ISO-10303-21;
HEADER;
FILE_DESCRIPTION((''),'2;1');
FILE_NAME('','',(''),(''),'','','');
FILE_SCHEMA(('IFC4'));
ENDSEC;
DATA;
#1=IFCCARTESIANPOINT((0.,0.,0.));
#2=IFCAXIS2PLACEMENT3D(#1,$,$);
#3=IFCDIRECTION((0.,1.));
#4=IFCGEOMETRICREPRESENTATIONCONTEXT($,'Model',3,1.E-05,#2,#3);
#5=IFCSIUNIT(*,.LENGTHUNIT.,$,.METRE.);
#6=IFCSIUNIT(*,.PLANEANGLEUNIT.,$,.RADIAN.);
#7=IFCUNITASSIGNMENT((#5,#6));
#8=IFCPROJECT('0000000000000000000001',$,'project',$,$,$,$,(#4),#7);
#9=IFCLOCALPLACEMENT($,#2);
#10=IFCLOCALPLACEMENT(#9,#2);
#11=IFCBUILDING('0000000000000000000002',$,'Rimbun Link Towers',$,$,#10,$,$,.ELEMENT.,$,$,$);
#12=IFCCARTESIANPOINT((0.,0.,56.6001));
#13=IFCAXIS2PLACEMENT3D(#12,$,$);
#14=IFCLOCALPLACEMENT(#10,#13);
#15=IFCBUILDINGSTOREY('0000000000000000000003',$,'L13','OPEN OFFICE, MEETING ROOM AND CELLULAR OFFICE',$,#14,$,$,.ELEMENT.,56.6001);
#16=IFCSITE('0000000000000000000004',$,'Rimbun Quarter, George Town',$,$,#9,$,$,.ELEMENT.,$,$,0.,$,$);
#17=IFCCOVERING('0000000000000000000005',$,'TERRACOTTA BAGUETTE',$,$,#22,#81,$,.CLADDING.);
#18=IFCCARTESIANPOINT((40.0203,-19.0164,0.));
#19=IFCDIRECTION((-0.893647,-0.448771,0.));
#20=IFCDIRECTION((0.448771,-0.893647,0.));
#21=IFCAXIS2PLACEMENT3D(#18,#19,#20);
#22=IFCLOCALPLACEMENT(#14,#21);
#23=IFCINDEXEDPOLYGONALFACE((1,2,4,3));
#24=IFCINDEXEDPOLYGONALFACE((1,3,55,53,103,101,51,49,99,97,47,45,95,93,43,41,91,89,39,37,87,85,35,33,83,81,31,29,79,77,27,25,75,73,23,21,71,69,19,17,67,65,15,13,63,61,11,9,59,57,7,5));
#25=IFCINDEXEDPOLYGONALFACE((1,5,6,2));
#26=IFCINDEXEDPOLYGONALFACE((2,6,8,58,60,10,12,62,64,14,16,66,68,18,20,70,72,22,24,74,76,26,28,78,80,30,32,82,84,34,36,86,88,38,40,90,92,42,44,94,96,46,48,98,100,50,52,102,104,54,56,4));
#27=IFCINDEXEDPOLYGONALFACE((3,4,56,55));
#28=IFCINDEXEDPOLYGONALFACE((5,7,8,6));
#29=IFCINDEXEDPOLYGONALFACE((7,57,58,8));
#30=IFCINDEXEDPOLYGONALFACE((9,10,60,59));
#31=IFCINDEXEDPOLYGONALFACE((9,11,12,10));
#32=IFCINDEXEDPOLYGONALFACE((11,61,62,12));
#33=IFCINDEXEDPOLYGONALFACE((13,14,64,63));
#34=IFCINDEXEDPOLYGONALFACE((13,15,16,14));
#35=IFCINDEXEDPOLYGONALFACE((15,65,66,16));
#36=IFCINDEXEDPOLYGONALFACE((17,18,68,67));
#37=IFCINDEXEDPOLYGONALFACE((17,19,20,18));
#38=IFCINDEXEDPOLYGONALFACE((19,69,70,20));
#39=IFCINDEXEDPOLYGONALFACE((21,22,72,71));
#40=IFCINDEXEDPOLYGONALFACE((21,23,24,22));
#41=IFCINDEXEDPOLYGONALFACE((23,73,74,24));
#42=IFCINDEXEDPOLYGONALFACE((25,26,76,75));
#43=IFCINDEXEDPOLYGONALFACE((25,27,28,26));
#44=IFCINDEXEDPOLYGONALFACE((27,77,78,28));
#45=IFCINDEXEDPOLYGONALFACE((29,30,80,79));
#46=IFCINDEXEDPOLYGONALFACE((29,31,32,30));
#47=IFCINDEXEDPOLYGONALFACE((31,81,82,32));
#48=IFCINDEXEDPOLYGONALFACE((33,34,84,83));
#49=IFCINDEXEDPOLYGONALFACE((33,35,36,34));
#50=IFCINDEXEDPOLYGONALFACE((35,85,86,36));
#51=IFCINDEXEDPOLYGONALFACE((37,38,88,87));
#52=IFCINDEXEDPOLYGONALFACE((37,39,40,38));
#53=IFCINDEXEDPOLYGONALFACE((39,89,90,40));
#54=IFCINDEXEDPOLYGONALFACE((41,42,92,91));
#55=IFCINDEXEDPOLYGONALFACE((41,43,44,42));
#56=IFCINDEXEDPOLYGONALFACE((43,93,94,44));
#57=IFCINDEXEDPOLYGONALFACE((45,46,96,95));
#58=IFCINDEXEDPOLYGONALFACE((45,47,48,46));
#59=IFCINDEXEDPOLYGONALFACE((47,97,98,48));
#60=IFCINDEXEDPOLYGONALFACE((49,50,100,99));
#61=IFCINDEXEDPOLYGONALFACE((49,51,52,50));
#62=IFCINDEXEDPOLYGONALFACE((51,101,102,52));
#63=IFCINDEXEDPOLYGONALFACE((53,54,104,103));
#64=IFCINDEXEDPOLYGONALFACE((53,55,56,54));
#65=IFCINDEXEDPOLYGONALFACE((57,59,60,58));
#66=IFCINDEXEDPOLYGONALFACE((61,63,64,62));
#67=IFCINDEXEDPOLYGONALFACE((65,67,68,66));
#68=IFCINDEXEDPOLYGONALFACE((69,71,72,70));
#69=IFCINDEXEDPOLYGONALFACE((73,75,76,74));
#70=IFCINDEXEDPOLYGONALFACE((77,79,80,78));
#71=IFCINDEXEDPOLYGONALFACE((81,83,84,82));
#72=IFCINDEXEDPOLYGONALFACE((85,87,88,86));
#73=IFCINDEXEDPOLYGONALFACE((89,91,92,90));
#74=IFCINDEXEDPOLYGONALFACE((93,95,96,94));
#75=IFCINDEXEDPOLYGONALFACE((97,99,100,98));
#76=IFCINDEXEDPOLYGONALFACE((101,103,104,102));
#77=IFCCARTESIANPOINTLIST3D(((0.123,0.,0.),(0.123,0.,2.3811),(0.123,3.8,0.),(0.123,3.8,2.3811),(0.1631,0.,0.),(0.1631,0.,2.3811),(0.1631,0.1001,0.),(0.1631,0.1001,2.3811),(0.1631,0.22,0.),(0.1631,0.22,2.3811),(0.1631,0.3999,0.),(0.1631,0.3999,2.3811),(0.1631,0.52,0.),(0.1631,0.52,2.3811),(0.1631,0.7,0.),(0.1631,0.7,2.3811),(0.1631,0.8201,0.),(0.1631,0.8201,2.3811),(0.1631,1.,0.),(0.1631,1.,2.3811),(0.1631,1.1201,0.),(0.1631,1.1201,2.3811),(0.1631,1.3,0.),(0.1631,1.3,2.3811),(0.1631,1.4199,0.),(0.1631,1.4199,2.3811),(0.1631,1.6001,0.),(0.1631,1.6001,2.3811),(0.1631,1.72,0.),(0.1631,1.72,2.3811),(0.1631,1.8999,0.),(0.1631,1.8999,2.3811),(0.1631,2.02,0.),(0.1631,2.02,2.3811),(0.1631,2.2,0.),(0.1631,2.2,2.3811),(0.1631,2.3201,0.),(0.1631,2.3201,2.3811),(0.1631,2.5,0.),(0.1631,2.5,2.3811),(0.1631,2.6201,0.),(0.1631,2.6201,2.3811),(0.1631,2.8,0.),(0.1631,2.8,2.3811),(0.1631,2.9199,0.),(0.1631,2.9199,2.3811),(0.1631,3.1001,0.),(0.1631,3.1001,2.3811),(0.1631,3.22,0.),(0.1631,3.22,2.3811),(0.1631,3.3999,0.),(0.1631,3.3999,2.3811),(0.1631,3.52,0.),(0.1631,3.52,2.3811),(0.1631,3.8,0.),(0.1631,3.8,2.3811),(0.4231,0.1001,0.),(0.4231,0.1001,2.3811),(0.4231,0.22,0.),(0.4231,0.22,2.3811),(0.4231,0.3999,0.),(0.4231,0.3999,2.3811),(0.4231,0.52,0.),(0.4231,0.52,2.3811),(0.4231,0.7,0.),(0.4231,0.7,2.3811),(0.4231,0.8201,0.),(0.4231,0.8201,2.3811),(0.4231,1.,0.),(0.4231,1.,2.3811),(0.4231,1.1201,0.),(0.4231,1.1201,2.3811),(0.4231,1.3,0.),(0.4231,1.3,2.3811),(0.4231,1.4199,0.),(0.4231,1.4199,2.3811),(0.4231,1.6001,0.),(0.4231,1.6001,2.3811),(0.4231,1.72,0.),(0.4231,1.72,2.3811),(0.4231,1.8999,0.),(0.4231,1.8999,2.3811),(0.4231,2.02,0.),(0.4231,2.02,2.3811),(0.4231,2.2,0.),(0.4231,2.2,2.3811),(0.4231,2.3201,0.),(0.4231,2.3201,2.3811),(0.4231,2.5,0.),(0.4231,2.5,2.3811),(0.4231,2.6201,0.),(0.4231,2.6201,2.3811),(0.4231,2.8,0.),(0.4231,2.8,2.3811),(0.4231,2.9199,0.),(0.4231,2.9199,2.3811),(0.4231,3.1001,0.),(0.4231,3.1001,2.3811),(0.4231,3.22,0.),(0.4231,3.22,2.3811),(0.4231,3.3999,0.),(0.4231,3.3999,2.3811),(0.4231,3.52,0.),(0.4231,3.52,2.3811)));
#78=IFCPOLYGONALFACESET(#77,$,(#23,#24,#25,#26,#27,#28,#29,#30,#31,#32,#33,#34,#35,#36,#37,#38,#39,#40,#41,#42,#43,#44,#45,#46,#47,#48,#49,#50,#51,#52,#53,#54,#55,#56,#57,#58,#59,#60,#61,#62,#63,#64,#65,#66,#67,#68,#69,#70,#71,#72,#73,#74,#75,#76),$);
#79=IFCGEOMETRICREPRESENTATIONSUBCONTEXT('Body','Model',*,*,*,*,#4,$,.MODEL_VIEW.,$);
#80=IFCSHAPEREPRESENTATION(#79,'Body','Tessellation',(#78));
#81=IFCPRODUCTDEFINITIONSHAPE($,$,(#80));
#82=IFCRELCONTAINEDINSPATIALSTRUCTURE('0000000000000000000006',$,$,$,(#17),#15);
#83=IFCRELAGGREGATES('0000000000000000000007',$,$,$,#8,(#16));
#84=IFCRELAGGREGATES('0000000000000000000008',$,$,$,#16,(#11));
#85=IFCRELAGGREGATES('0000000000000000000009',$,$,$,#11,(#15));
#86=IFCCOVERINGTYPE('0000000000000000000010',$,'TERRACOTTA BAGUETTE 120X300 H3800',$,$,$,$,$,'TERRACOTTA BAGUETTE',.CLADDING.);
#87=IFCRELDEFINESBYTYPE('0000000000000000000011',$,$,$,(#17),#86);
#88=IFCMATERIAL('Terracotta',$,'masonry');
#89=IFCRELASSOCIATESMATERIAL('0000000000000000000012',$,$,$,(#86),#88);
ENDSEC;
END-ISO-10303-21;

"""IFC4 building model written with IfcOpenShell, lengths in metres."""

from ifc_helpers import new_model, si_unit, direction, frame, origin, place, context, subcontext, project, spatial, polyline, outline, extrude, material, material_profile, profile_set, type_object, element, save


model = new_model("IFC4")

# Units and contexts
model_context = context("Model", 3, precision=1e-05, world=origin(), true_north=direction((0.0, 1.0)))
body_context = subcontext(model_context, "Body", "Model", "MODEL_VIEW")
ifc_project = project(units=[si_unit("LENGTHUNIT", "METRE"), si_unit("PLANEANGLEUNIT", "RADIAN")], contexts=[model_context])

# Site, building, storey
site_placement = place(None, origin())
site = spatial("IfcSite", under=ifc_project, at=site_placement, Name="Rimbun Quarter, George Town", CompositionType="ELEMENT", RefElevation=0.0)
building_placement = place(site_placement, origin())
building = spatial("IfcBuilding", under=site, at=building_placement, Name="Rimbun Link Towers", CompositionType="ELEMENT")
storey_placement = place(building_placement, frame((0.0, 0.0, 56.6001)))
storey = spatial("IfcBuildingStorey", under=building, at=storey_placement, Name="L13", Description="OPEN OFFICE, MEETING ROOM AND CELLULAR OFFICE", CompositionType="ELEMENT", Elevation=56.6001)

# Covering
ifc_material_1 = material(Name="Terracotta", Category="masonry")
ifc_material_profile_1 = material_profile(ifc_material_1, outline(polyline([(0.123, 0.0), (0.1631, 0.0), (0.1631, 0.1001), (0.4231, 0.1001), (0.4231, 0.22), (0.1631, 0.22), (0.1631, 0.3999), (0.4231, 0.3999), (0.4231, 0.52), (0.1631, 0.52), (0.1631, 0.7), (0.4231, 0.7), (0.4231, 0.8201), (0.1631, 0.8201), (0.1631, 1.0), (0.4231, 1.0), (0.4231, 1.1201), (0.1631, 1.1201), (0.1631, 1.3), (0.4231, 1.3), (0.4231, 1.4199), (0.1631, 1.4199), (0.1631, 1.6001), (0.4231, 1.6001), (0.4231, 1.72), (0.1631, 1.72), (0.1631, 1.8999), (0.4231, 1.8999), (0.4231, 2.02), (0.1631, 2.02), (0.1631, 2.2), (0.4231, 2.2), (0.4231, 2.3201), (0.1631, 2.3201), (0.1631, 2.5), (0.4231, 2.5), (0.4231, 2.6201), (0.1631, 2.6201), (0.1631, 2.8), (0.4231, 2.8), (0.4231, 2.9199), (0.1631, 2.9199), (0.1631, 3.1001), (0.4231, 3.1001), (0.4231, 3.22), (0.1631, 3.22), (0.1631, 3.3999), (0.4231, 3.3999), (0.4231, 3.52), (0.1631, 3.52), (0.1631, 3.8), (0.123, 3.8), (0.123, 0.0)])), Name="BAGUETTE 120X300")
ifc_profile_set_1 = profile_set([ifc_material_profile_1], Name="Terracotta")
covering_type = type_object("IfcCoveringType", Name="TERRACOTTA BAGUETTE 120X300 H3800", ElementType="TERRACOTTA BAGUETTE", PredefinedType="CLADDING", material=ifc_profile_set_1)
covering_1_placement = place(storey_placement, frame((40.0203, -19.0164, 0.0), z_axis=(-0.893647, -0.448771, 0.0), x_axis=(0.448771, -0.893647, 0.0)))
element("IfcCovering", 1, at=covering_1_placement, inside=storey, type_object=covering_type, Name="TERRACOTTA BAGUETTE", PredefinedType="CLADDING", context=body_context, shape_type="SweptSolid", body=[
    extrude(outline(polyline([(0.123, 0.0), (0.1631, 0.0), (0.1631, 0.1001), (0.4231, 0.1001), (0.4231, 0.22), (0.1631, 0.22), (0.1631, 0.3999), (0.4231, 0.3999), (0.4231, 0.52), (0.1631, 0.52), (0.1631, 0.7), (0.4231, 0.7), (0.4231, 0.8201), (0.1631, 0.8201), (0.1631, 1.0), (0.4231, 1.0), (0.4231, 1.1201), (0.1631, 1.1201), (0.1631, 1.3), (0.4231, 1.3), (0.4231, 1.4199), (0.1631, 1.4199), (0.1631, 1.6001), (0.4231, 1.6001), (0.4231, 1.72), (0.1631, 1.72), (0.1631, 1.8999), (0.4231, 1.8999), (0.4231, 2.02), (0.1631, 2.02), (0.1631, 2.2), (0.4231, 2.2), (0.4231, 2.3201), (0.1631, 2.3201), (0.1631, 2.5), (0.4231, 2.5), (0.4231, 2.6201), (0.1631, 2.6201), (0.1631, 2.8), (0.4231, 2.8), (0.4231, 2.9199), (0.1631, 2.9199), (0.1631, 3.1001), (0.4231, 3.1001), (0.4231, 3.22), (0.1631, 3.22), (0.1631, 3.3999), (0.4231, 3.3999), (0.4231, 3.52), (0.1631, 3.52), (0.1631, 3.8), (0.123, 3.8), (0.123, 0.0)])), origin(), (0.0, 0.0, 1.0), 2.3811),
])

save(model, "model.ifc")
